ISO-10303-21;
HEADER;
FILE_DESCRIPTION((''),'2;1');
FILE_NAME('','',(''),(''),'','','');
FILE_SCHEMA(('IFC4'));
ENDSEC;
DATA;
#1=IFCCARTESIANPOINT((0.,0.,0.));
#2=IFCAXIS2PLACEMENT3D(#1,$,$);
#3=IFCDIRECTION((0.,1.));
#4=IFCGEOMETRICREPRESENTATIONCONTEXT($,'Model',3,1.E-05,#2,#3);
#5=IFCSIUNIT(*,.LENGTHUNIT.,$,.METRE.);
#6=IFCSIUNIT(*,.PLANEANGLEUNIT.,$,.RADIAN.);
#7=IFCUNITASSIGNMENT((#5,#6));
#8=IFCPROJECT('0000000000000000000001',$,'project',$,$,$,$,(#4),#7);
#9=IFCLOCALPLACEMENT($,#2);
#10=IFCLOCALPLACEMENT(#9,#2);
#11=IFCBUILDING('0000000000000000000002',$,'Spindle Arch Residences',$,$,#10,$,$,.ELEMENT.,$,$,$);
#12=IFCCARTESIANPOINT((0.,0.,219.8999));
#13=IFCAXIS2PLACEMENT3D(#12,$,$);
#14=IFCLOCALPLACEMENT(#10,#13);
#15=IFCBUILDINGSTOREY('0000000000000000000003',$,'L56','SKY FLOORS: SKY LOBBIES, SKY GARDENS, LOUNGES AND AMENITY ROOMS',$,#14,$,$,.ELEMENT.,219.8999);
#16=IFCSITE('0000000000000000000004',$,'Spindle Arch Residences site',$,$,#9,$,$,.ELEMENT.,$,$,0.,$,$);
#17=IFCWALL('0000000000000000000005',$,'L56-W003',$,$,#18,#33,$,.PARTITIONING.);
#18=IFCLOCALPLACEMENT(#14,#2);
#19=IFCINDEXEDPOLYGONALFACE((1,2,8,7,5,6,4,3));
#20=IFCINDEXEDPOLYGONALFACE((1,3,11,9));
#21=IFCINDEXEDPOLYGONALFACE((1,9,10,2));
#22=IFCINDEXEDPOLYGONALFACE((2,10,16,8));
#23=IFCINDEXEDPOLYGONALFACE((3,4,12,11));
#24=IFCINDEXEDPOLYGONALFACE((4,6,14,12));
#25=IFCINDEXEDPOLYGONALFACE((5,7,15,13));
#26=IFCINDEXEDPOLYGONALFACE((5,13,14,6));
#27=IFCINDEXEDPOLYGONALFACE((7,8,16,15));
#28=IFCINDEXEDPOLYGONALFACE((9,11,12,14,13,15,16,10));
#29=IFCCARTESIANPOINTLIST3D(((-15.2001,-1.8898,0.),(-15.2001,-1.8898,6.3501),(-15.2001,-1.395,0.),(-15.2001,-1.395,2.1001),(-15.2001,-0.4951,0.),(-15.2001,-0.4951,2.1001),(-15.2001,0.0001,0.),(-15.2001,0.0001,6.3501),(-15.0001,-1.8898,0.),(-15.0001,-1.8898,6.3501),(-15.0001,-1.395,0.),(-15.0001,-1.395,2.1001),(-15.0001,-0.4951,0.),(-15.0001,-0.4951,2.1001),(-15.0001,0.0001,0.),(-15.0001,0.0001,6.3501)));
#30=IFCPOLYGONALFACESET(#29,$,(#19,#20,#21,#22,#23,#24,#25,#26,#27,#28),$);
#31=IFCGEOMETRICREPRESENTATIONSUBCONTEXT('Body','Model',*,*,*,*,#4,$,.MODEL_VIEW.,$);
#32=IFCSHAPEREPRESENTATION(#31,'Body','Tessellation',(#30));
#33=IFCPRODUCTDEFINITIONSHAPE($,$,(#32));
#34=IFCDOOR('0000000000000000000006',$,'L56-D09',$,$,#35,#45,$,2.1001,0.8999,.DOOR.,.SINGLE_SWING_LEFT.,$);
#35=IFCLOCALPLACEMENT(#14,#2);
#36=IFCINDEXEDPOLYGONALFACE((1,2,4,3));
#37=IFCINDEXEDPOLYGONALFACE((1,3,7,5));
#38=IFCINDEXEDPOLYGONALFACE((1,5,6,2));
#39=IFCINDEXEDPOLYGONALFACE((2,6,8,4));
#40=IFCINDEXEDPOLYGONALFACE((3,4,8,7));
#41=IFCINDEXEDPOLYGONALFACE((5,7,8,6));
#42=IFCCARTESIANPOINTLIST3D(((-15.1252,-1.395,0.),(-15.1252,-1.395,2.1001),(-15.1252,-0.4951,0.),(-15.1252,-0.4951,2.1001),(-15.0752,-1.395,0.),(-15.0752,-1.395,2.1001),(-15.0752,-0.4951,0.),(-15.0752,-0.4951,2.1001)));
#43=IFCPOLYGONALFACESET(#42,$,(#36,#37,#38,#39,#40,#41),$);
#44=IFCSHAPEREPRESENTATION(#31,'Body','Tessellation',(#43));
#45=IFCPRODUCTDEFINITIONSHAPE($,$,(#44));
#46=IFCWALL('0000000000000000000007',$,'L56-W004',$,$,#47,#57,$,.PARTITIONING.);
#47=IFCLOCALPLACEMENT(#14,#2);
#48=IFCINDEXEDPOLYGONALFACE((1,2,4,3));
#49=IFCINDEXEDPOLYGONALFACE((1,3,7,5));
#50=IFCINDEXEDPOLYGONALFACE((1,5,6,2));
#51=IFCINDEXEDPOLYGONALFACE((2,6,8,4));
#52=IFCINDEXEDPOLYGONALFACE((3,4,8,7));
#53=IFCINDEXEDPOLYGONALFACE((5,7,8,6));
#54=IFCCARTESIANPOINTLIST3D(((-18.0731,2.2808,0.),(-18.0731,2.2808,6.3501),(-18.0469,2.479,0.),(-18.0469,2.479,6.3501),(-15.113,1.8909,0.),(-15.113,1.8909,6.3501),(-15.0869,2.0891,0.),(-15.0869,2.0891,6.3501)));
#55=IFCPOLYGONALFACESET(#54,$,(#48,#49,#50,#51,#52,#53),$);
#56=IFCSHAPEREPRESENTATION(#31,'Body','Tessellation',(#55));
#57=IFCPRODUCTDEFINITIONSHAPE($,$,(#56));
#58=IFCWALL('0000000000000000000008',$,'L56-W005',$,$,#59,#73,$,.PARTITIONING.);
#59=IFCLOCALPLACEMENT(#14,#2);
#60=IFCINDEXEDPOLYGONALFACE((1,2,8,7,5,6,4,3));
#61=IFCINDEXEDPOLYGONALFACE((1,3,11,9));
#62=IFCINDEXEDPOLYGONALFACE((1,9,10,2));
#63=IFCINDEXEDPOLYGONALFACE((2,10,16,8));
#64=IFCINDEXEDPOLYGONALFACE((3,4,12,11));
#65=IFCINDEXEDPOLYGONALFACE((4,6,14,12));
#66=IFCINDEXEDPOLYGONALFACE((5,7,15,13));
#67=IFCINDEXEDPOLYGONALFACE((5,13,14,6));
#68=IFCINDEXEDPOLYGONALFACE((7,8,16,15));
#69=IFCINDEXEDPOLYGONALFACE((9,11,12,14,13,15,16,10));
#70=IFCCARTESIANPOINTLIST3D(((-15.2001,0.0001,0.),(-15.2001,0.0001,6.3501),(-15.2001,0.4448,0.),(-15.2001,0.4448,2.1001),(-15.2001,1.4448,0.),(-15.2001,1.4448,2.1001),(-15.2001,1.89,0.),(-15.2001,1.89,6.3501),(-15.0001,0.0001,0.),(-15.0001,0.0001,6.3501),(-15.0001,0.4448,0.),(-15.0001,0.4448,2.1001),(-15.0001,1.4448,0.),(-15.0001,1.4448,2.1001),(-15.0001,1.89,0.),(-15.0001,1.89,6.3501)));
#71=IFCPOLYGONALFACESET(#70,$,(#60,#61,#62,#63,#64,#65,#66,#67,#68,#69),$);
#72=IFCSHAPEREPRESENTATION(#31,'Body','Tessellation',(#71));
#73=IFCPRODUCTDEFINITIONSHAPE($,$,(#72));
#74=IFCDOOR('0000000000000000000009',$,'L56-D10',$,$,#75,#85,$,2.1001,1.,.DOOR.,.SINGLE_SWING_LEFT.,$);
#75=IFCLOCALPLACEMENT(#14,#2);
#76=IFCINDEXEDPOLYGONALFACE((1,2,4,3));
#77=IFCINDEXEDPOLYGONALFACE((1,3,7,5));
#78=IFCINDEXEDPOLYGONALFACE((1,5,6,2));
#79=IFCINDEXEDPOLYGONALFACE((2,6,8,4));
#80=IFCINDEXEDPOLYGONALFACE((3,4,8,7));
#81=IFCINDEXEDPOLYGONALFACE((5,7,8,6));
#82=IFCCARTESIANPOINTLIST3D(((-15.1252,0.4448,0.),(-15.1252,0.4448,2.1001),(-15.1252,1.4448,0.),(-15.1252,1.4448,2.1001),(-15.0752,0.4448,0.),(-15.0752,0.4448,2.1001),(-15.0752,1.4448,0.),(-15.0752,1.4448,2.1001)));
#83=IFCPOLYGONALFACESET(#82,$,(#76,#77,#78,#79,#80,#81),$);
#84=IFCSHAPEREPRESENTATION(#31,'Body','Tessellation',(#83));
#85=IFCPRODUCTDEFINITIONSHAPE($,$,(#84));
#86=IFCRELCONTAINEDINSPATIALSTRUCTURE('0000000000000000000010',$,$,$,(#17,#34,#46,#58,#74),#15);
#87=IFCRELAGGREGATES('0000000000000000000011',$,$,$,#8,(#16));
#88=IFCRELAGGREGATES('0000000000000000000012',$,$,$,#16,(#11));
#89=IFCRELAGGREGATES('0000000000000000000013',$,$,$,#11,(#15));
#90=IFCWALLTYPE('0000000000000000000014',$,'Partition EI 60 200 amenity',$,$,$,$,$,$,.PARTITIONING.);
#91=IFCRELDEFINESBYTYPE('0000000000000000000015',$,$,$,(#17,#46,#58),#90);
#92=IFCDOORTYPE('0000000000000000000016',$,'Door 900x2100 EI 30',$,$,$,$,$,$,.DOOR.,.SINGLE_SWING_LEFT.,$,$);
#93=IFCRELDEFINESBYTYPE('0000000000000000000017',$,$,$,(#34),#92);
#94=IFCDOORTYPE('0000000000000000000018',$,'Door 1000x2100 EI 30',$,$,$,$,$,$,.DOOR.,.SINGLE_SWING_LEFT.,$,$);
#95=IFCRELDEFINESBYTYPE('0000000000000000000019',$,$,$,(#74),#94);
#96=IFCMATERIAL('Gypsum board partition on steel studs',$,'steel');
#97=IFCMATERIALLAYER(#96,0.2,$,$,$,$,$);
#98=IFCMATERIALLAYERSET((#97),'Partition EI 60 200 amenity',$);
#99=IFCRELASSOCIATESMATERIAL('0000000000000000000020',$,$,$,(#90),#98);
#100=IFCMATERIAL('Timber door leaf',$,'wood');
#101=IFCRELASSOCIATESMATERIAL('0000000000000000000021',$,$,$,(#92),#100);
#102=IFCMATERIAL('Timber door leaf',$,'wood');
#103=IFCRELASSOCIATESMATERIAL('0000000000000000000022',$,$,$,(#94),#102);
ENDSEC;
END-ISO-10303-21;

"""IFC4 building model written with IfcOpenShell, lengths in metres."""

from ifc_helpers import new_model, si_unit, direction, frame, frame_2d, origin, place, context, subcontext, project, spatial, rectangle, extrude, material, layer, layer_set, type_object, element, fill, save


model = new_model("IFC4")

# Units and contexts
model_context = context("Model", 3, precision=1e-05, world=origin(), true_north=direction((0.0, 1.0)))
body_context = subcontext(model_context, "Body", "Model", "MODEL_VIEW")
ifc_project = project(units=[si_unit("LENGTHUNIT", "METRE"), si_unit("PLANEANGLEUNIT", "RADIAN")], contexts=[model_context])

# Site, building, storey
site_placement = place(None, origin())
site = spatial("IfcSite", under=ifc_project, at=site_placement, Name="Spindle Arch Residences site", CompositionType="ELEMENT", RefElevation=0.0)
building_placement = place(site_placement, origin())
building = spatial("IfcBuilding", under=site, at=building_placement, Name="Spindle Arch Residences", CompositionType="ELEMENT")
storey_placement = place(building_placement, frame((0.0, 0.0, 219.8999)))
storey = spatial("IfcBuildingStorey", under=building, at=storey_placement, Name="L56", Description="SKY FLOORS: SKY LOBBIES, SKY GARDENS, LOUNGES AND AMENITY ROOMS", CompositionType="ELEMENT", Elevation=219.8999)

# Shared definitions
ifc_material_1 = material(Name="Gypsum board partition on steel studs", Category="steel")
ifc_layer_1 = layer(ifc_material_1, 0.2)
ifc_layer_set_1 = layer_set([ifc_layer_1], Name="Partition EI 60 200 amenity")
wall_type = type_object("IfcWallType", Name="Partition EI 60 200 amenity", PredefinedType="PARTITIONING", material=ifc_layer_set_1)

# Wall, opening, door
wall_1_placement = place(storey_placement, frame((-15.1001, 0.0, 0.0), z_axis=(0.0, 0.0, 1.0), x_axis=(0.0, -1.0, 0.0)))
wall_1 = element("IfcWall", 1, at=wall_1_placement, inside=storey, type_object=wall_type, Name="L56-W003", PredefinedType="PARTITIONING", context=body_context, shape_type="SweptSolid", body=[
    extrude(rectangle(XDim=1.8899, YDim=0.2, at=frame_2d((0.9448, 0.0))), origin(), (0.0, 0.0, 1.0), 6.3501),
])
opening_1_placement = place(wall_1_placement, frame((0.4951, 0.0, 0.0)))
opening_1 = element("IfcOpeningElement", 2, at=opening_1_placement, cuts=wall_1, PredefinedType="OPENING", context=body_context, shape_type="SweptSolid", body=[
    extrude(rectangle(XDim=0.8999, YDim=2.1001, at=frame_2d((0.45, 1.05))), frame((0.0, 0.1099, 0.0), z_axis=(0.0, -1.0, 0.0), x_axis=(1.0, 0.0, 0.0)), (0.0, 0.0, 1.0), 0.22),
])
ifc_material_2 = material(Name="Timber door leaf", Category="wood")
door_type_1 = type_object("IfcDoorType", Name="Door 900x2100 EI 30", OperationType="SINGLE_SWING_LEFT", PredefinedType="DOOR", material=ifc_material_2)
door_1_placement = place(opening_1_placement, origin())
door_1 = element("IfcDoor", 3, at=door_1_placement, inside=storey, type_object=door_type_1, Name="L56-D09", OperationType="SINGLE_SWING_LEFT", OverallHeight=2.1001, OverallWidth=0.8999, PredefinedType="DOOR", context=body_context, shape_type="SweptSolid", body=[
    extrude(rectangle(XDim=0.8999, YDim=2.1001, at=frame_2d((0.45, 1.05))), frame((0.0, 0.0249, 0.0), z_axis=(0.0, -1.0, 0.0), x_axis=(1.0, 0.0, 0.0)), (0.0, 0.0, 1.0), 0.05),
])
fill(opening_1, door_1)

# Wall
wall_2_placement = place(storey_placement, frame((-15.1001, 1.99, 0.0), z_axis=(0.0, 0.0, 1.0), x_axis=(-0.991436, 0.130594, 0.0)))
element("IfcWall", 4, at=wall_2_placement, inside=storey, type_object=wall_type, Name="L56-W004", PredefinedType="PARTITIONING", context=body_context, shape_type="SweptSolid", body=[
    extrude(rectangle(XDim=2.9856, YDim=0.2, at=frame_2d((1.4927, 0.0))), origin(), (0.0, 0.0, 1.0), 6.3501),
])

# Wall, opening, door
wall_3_placement = place(storey_placement, frame((-15.1001, 1.8899, 0.0), z_axis=(0.0, 0.0, 1.0), x_axis=(0.0, -1.0, 0.0)))
wall_3 = element("IfcWall", 5, at=wall_3_placement, inside=storey, type_object=wall_type, Name="L56-W005", PredefinedType="PARTITIONING", context=body_context, shape_type="SweptSolid", body=[
    extrude(rectangle(XDim=1.8899, YDim=0.2, at=frame_2d((0.9448, 0.0))), origin(), (0.0, 0.0, 1.0), 6.3501),
])
opening_2_placement = place(wall_3_placement, frame((0.4451, 0.0, 0.0)))
opening_2 = element("IfcOpeningElement", 6, at=opening_2_placement, cuts=wall_3, PredefinedType="OPENING", context=body_context, shape_type="SweptSolid", body=[
    extrude(rectangle(XDim=1.0, YDim=2.1001, at=frame_2d((0.5, 1.05))), frame((0.0, 0.1099, 0.0), z_axis=(0.0, -1.0, 0.0), x_axis=(1.0, 0.0, 0.0)), (0.0, 0.0, 1.0), 0.22),
])
ifc_material_3 = material(Name="Timber door leaf", Category="wood")
door_type_2 = type_object("IfcDoorType", Name="Door 1000x2100 EI 30", OperationType="SINGLE_SWING_LEFT", PredefinedType="DOOR", material=ifc_material_3)
door_2_placement = place(opening_2_placement, origin())
door_2 = element("IfcDoor", 7, at=door_2_placement, inside=storey, type_object=door_type_2, Name="L56-D10", OperationType="SINGLE_SWING_LEFT", OverallHeight=2.1001, OverallWidth=1.0, PredefinedType="DOOR", context=body_context, shape_type="SweptSolid", body=[
    extrude(rectangle(XDim=1.0, YDim=2.1001, at=frame_2d((0.5, 1.05))), frame((0.0, 0.0249, 0.0), z_axis=(0.0, -1.0, 0.0), x_axis=(1.0, 0.0, 0.0)), (0.0, 0.0, 1.0), 0.05),
])
fill(opening_2, door_2)

save(model, "model.ifc")
